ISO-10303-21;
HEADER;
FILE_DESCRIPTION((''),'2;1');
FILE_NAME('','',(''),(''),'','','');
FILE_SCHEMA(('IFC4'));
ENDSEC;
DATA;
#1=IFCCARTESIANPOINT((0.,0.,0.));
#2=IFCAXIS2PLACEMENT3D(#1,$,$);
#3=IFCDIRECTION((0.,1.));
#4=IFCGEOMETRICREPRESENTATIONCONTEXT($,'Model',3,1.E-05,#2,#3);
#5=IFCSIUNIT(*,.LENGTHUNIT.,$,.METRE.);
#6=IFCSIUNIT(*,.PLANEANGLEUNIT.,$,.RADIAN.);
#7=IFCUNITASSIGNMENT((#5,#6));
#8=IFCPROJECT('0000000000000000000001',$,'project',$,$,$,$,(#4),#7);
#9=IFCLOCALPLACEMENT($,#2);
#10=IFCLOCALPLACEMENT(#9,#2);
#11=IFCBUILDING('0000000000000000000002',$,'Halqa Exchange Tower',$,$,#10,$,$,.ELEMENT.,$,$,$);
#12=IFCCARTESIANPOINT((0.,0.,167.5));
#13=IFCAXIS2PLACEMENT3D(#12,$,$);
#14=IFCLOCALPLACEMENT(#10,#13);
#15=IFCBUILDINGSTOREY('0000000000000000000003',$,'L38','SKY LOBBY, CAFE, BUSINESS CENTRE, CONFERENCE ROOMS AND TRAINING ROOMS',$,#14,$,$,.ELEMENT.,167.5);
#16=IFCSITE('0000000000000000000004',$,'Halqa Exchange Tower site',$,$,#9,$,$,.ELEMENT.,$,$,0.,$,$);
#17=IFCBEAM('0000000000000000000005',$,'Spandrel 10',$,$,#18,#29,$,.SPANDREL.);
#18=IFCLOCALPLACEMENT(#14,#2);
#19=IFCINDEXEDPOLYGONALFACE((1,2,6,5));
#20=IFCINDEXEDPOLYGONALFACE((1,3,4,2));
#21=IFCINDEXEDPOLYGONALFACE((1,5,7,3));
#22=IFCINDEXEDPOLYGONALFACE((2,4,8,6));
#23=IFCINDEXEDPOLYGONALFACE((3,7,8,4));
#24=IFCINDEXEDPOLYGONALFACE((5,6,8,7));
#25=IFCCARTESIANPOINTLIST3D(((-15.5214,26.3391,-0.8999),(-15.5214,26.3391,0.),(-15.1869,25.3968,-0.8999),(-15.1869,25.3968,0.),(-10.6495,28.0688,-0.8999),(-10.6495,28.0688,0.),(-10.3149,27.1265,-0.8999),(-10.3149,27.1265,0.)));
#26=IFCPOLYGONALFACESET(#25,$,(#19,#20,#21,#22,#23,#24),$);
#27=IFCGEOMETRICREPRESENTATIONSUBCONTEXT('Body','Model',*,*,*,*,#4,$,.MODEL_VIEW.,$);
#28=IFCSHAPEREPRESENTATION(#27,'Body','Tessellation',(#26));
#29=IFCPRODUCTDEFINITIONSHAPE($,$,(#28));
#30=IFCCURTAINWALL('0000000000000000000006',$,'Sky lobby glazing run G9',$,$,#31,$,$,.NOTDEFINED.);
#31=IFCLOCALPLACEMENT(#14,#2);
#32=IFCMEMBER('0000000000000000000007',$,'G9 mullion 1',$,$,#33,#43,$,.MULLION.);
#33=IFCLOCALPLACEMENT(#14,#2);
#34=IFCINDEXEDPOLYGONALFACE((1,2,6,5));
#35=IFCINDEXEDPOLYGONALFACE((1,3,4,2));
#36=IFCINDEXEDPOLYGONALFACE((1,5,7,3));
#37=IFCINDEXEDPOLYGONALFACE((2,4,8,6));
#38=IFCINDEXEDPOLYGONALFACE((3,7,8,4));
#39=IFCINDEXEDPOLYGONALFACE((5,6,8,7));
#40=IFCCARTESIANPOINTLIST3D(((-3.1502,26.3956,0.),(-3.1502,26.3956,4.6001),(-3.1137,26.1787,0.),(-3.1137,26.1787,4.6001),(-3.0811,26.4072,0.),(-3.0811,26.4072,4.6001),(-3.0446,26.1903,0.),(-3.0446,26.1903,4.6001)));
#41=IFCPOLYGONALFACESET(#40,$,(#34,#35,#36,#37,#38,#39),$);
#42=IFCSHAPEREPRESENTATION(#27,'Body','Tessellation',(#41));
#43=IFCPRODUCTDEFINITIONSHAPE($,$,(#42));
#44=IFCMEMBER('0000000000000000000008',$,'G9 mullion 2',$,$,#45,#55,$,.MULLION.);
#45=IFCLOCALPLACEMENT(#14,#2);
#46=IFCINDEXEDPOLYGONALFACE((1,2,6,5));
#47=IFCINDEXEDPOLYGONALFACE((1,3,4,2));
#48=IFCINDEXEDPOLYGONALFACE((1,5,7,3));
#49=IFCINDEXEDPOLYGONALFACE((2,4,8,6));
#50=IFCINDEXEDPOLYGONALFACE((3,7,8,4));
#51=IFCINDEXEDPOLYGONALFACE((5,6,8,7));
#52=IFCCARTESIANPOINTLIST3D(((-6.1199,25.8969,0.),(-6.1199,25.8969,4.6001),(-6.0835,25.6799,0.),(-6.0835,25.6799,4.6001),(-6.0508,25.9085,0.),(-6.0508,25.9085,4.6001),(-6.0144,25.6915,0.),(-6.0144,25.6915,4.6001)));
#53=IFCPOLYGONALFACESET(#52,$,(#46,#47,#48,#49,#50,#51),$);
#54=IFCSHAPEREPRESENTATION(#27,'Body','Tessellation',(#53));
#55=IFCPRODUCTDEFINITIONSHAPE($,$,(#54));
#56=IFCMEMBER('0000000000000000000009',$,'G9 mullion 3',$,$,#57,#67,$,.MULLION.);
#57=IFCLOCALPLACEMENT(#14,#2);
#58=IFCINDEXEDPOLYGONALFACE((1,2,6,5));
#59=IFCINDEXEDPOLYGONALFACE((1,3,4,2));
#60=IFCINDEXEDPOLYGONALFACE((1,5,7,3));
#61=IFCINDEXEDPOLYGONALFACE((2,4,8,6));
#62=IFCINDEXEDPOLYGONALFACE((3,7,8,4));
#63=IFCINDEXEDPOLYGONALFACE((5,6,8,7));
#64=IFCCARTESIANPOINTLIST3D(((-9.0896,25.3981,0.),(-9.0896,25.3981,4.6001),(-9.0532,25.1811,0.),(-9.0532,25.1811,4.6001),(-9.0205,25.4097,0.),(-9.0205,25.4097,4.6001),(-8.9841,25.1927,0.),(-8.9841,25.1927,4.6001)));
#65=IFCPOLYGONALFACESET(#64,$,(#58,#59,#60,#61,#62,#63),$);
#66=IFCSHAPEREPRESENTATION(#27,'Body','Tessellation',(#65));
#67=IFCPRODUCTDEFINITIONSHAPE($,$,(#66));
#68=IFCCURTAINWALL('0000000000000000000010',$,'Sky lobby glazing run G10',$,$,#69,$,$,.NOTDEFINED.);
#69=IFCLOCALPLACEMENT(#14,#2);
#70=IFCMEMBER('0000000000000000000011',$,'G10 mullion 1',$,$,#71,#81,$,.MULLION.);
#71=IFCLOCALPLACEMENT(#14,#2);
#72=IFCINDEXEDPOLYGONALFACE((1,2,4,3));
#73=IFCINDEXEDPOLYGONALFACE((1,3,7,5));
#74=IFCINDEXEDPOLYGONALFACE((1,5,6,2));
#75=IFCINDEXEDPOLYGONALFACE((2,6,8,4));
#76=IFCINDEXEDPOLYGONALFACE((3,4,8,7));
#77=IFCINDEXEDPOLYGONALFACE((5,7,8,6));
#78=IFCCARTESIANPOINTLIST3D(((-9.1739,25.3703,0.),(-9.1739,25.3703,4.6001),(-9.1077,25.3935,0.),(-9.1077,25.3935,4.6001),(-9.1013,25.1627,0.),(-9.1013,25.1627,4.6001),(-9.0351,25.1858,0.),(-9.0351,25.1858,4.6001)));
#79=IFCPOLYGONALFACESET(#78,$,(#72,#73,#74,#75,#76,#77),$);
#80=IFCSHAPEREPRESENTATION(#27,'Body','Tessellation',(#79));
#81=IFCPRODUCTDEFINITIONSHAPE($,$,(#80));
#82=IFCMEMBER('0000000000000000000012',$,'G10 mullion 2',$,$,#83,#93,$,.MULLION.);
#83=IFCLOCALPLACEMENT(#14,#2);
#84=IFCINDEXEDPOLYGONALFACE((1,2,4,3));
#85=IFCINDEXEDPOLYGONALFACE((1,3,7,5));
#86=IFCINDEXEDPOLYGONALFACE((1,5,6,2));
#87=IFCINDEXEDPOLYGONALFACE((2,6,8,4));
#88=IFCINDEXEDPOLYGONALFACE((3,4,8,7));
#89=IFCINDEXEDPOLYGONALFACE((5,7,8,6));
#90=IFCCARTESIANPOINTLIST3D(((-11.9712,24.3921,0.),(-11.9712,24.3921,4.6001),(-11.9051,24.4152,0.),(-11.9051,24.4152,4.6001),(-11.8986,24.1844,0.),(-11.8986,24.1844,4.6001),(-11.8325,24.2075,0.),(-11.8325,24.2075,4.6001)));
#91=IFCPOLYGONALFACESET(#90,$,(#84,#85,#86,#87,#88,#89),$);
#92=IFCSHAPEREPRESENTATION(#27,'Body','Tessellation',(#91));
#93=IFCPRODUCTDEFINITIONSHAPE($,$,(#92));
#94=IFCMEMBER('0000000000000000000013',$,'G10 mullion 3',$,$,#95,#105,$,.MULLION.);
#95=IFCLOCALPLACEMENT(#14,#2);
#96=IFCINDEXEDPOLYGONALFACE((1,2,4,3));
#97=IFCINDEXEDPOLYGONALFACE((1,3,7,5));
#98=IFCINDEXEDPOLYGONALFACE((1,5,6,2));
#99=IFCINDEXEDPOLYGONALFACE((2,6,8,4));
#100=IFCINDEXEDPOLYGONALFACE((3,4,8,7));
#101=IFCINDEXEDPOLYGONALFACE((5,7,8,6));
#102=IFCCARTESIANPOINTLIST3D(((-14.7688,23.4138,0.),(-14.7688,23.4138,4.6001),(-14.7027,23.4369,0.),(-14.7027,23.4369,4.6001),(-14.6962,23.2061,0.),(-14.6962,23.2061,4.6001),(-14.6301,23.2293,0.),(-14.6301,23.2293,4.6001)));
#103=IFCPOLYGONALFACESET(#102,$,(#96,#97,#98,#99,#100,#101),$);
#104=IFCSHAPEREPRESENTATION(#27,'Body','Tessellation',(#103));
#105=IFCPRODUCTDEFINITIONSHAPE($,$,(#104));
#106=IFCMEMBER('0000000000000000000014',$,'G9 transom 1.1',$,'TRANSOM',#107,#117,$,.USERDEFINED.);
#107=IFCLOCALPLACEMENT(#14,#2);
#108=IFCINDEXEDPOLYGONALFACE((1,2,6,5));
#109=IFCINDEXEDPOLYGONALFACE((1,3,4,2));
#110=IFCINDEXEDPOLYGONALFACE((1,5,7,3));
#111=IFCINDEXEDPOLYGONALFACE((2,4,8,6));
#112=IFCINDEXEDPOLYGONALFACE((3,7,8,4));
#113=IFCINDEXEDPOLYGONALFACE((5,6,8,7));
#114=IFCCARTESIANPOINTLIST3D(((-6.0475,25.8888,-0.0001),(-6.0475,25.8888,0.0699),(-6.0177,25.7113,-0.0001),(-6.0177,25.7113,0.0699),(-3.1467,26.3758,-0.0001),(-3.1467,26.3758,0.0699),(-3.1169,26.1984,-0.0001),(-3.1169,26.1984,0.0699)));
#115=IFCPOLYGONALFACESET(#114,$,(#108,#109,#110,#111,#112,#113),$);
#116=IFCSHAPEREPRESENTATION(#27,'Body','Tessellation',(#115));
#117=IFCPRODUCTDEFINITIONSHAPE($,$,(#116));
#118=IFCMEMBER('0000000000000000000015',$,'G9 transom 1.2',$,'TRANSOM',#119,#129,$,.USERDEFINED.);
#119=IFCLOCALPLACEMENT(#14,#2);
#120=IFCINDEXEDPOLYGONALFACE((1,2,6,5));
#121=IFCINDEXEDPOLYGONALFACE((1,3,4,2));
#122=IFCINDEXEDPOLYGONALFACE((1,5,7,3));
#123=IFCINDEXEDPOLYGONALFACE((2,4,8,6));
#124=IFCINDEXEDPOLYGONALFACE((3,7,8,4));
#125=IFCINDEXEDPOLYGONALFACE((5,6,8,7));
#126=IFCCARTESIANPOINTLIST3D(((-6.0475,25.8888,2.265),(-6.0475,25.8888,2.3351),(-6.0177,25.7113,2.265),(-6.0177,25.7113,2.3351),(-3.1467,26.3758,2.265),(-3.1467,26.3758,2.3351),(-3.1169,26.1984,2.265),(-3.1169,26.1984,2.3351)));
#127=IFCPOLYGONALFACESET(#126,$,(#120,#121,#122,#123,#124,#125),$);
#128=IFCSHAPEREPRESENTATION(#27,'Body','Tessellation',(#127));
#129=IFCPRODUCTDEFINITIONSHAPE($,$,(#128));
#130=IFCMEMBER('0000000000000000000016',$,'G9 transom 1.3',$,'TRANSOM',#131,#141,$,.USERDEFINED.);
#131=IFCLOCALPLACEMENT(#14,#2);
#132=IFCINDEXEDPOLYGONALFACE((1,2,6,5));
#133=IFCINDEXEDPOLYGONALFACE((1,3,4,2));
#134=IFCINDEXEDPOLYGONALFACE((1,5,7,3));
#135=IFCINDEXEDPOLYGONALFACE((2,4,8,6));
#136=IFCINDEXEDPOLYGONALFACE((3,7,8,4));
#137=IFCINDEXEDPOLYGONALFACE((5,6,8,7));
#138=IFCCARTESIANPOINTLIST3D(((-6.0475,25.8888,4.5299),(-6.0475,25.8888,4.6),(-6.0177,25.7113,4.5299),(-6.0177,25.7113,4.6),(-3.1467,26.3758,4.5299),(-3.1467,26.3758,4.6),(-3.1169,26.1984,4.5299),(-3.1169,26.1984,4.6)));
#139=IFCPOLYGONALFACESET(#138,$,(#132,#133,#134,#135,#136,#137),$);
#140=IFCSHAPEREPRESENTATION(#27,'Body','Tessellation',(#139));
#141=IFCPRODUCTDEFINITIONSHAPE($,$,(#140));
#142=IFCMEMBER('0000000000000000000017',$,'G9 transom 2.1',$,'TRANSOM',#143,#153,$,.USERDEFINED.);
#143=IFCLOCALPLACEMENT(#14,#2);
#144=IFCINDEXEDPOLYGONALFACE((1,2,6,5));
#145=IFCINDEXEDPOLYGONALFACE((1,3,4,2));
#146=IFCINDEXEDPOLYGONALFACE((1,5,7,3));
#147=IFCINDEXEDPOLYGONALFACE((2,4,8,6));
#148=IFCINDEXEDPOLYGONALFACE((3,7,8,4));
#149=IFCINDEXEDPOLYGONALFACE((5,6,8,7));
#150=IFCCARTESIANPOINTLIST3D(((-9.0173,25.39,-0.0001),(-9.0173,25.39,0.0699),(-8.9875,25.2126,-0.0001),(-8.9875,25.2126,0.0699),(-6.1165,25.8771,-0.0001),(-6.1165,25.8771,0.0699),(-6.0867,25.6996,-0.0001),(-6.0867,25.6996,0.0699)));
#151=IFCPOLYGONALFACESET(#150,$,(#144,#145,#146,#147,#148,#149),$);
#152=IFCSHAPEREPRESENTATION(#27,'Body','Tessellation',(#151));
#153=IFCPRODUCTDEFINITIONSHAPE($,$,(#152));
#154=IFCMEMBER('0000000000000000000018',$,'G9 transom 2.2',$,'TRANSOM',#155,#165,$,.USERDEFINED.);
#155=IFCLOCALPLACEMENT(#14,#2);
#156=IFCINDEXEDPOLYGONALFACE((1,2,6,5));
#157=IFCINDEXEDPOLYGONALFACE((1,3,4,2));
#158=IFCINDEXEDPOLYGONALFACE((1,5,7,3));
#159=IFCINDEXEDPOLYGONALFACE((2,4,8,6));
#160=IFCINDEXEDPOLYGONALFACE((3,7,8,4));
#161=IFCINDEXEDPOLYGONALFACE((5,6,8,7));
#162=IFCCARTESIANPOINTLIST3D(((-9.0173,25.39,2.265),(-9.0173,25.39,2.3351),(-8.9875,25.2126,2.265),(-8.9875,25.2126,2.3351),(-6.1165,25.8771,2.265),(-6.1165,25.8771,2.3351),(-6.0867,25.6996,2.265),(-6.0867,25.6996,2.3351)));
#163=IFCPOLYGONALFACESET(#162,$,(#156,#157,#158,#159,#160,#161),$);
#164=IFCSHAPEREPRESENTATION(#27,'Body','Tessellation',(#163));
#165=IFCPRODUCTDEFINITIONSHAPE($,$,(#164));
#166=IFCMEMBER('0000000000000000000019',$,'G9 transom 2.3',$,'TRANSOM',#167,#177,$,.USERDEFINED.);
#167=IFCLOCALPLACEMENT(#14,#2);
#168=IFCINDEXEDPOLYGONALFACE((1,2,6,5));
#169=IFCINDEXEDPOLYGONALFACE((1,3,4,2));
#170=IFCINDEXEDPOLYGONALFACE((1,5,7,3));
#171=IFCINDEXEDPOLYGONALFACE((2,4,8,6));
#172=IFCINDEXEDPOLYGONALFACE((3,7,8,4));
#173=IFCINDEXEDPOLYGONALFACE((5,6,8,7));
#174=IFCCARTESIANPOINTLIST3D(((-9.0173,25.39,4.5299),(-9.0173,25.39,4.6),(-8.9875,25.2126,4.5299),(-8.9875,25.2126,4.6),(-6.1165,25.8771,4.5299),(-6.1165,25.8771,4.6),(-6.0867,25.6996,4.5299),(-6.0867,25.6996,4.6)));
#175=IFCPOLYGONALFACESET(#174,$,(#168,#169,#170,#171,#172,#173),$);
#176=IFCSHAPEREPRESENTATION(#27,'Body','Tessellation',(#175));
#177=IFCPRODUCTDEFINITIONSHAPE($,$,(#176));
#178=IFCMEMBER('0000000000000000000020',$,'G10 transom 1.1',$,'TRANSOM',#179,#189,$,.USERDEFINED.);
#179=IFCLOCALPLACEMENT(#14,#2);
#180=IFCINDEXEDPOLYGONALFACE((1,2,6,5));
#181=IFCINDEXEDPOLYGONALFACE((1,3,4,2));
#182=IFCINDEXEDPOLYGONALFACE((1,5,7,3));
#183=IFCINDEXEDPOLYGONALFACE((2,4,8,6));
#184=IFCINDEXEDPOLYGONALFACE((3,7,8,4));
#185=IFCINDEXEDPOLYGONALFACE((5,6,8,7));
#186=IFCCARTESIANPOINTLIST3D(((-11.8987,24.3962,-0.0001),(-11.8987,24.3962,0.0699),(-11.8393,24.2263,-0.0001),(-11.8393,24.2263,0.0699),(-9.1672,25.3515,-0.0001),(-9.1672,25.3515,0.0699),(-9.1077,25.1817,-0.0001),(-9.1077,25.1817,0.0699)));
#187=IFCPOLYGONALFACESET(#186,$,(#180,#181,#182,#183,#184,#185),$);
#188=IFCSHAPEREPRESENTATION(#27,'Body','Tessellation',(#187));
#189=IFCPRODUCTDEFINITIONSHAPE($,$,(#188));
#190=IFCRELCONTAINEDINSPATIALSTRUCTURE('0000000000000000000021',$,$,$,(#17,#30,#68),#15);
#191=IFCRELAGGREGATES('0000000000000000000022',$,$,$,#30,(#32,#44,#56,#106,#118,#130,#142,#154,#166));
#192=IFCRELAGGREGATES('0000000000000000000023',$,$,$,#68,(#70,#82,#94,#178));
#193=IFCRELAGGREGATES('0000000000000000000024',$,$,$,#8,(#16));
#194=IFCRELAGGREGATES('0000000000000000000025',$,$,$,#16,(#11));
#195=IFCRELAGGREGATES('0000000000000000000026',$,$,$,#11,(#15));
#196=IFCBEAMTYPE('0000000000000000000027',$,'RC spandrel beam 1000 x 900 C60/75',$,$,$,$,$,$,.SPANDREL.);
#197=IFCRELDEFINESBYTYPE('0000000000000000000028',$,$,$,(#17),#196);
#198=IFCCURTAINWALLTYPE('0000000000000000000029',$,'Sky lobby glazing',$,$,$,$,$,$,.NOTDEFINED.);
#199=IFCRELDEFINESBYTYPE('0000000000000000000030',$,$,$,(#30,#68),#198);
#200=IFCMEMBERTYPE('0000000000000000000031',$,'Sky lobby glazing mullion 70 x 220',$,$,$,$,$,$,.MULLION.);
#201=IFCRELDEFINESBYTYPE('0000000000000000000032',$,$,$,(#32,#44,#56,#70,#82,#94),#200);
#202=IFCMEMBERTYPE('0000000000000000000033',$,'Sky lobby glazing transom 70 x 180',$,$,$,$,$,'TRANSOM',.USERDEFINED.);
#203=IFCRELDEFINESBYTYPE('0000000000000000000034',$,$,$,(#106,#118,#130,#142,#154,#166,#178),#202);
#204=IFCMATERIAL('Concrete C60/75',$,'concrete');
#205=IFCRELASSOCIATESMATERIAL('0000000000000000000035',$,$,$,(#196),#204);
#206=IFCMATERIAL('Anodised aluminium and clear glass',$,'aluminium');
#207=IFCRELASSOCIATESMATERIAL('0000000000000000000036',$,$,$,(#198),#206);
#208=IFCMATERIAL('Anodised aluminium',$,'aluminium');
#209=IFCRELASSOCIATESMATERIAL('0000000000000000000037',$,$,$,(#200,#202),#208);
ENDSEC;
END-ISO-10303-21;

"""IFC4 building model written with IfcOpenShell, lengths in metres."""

from ifc_helpers import new_model, si_unit, direction, frame, origin, origin_2d, place, context, subcontext, project, spatial, rectangle, extrude, material, material_profile, profile_set, type_object, element, aggregate, save


model = new_model("IFC4")

# Units and contexts
model_context = context("Model", 3, precision=1e-05, world=origin(), true_north=direction((0.0, 1.0)))
body_context = subcontext(model_context, "Body", "Model", "MODEL_VIEW")
ifc_project = project(units=[si_unit("LENGTHUNIT", "METRE"), si_unit("PLANEANGLEUNIT", "RADIAN")], contexts=[model_context])

# Site, building, storey
site_placement = place(None, origin())
site = spatial("IfcSite", under=ifc_project, at=site_placement, Name="Halqa Exchange Tower site", CompositionType="ELEMENT", RefElevation=0.0)
building_placement = place(site_placement, origin())
building = spatial("IfcBuilding", under=site, at=building_placement, Name="Halqa Exchange Tower", CompositionType="ELEMENT")
storey_placement = place(building_placement, frame((0.0, 0.0, 167.5)))
storey = spatial("IfcBuildingStorey", under=building, at=storey_placement, Name="L38", Description="SKY LOBBY, CAFE, BUSINESS CENTRE, CONFERENCE ROOMS AND TRAINING ROOMS", CompositionType="ELEMENT", Elevation=167.5)

# Beam
ifc_material_1 = material(Name="Concrete C60/75", Category="concrete")
ifc_material_profile_1 = material_profile(ifc_material_1, rectangle(XDim=1.0, YDim=0.8999, at=origin_2d()), Name="1000 x 900")
ifc_profile_set_1 = profile_set([ifc_material_profile_1], Name="Concrete C60/75")
beam_type_1 = type_object("IfcBeamType", Name="RC spandrel beam 1000 x 900 C60/75", PredefinedType="SPANDREL", material=ifc_profile_set_1)
beam_1_placement = place(storey_placement, frame((-10.4822, 27.5977, -0.45), z_axis=(-0.942371, -0.334571, 0.0), x_axis=(0.334571, -0.942371, 0.0)))
element("IfcBeam", 1, at=beam_1_placement, inside=storey, type_object=beam_type_1, Name="Spandrel 10", PredefinedType="SPANDREL", context=body_context, shape_type="SweptSolid", body=[
    extrude(rectangle(XDim=1.0, YDim=0.8999, at=origin_2d()), origin(), (0.0, 0.0, 1.0), 5.1699),
])

# Curtain walls, members
ifc_material_2 = material(Name="Anodised aluminium and clear glass", Category="aluminium")
curtain_wall_type = type_object("IfcCurtainWallType", Name="Sky lobby glazing", PredefinedType="NOTDEFINED", material=ifc_material_2)
curtain_wall_1_placement = place(storey_placement, origin())
curtain_wall_1 = element("IfcCurtainWall", 2, at=curtain_wall_1_placement, inside=storey, type_object=curtain_wall_type, Name="Sky lobby glazing run G9", PredefinedType="NOTDEFINED")
ifc_material_3 = material(Name="Anodised aluminium", Category="aluminium")
ifc_material_profile_2 = material_profile(ifc_material_3, rectangle(XDim=0.22, YDim=0.0701, at=origin_2d()), Name="AL 70x220")
ifc_profile_set_2 = profile_set([ifc_material_profile_2], Name="Anodised aluminium")
member_type_1 = type_object("IfcMemberType", Name="Sky lobby glazing mullion 70 x 220", PredefinedType="MULLION", material=ifc_profile_set_2)
member_1_placement = place(storey_placement, frame((-3.0974, 26.293, 0.0), z_axis=(0.0, 0.0, 1.0), x_axis=(0.165626, -0.986189, 0.0)))
member_1 = element("IfcMember", 3, at=member_1_placement, type_object=member_type_1, Name="G9 mullion 1", PredefinedType="MULLION", context=body_context, shape_type="SweptSolid", body=[
    extrude(rectangle(XDim=0.22, YDim=0.0701, at=origin_2d()), origin(), (0.0, 0.0, 1.0), 4.6001),
])
member_2_placement = place(storey_placement, frame((-6.0671, 25.7942, 0.0), z_axis=(0.0, 0.0, 1.0), x_axis=(0.165626, -0.986189, 0.0)))
member_2 = element("IfcMember", 4, at=member_2_placement, type_object=member_type_1, Name="G9 mullion 2", PredefinedType="MULLION", context=body_context, shape_type="SweptSolid", body=[
    extrude(rectangle(XDim=0.22, YDim=0.0701, at=origin_2d()), origin(), (0.0, 0.0, 1.0), 4.6001),
])
member_3_placement = place(storey_placement, frame((-9.0369, 25.2954, 0.0), z_axis=(0.0, 0.0, 1.0), x_axis=(0.165626, -0.986189, 0.0)))
member_3 = element("IfcMember", 5, at=member_3_placement, type_object=member_type_1, Name="G9 mullion 3", PredefinedType="MULLION", context=body_context, shape_type="SweptSolid", body=[
    extrude(rectangle(XDim=0.22, YDim=0.0701, at=origin_2d()), origin(), (0.0, 0.0, 1.0), 4.6001),
])
curtain_wall_2_placement = place(storey_placement, origin())
curtain_wall_2 = element("IfcCurtainWall", 6, at=curtain_wall_2_placement, inside=storey, type_object=curtain_wall_type, Name="Sky lobby glazing run G10", PredefinedType="NOTDEFINED")
member_4_placement = place(storey_placement, frame((-9.1045, 25.2781, 0.0), z_axis=(0.0, 0.0, 1.0), x_axis=(0.3301, -0.943946, 0.0)))
member_4 = element("IfcMember", 7, at=member_4_placement, type_object=member_type_1, Name="G10 mullion 1", PredefinedType="MULLION", context=body_context, shape_type="SweptSolid", body=[
    extrude(rectangle(XDim=0.22, YDim=0.0701, at=origin_2d()), origin(), (0.0, 0.0, 1.0), 4.6001),
])
member_5_placement = place(storey_placement, frame((-11.9019, 24.2998, 0.0), z_axis=(0.0, 0.0, 1.0), x_axis=(0.3301, -0.943946, 0.0)))
member_5 = element("IfcMember", 8, at=member_5_placement, type_object=member_type_1, Name="G10 mullion 2", PredefinedType="MULLION", context=body_context, shape_type="SweptSolid", body=[
    extrude(rectangle(XDim=0.22, YDim=0.0701, at=origin_2d()), origin(), (0.0, 0.0, 1.0), 4.6001),
])
member_6_placement = place(storey_placement, frame((-14.6995, 23.3215, 0.0), z_axis=(0.0, 0.0, 1.0), x_axis=(0.3301, -0.943946, 0.0)))
member_6 = element("IfcMember", 9, at=member_6_placement, type_object=member_type_1, Name="G10 mullion 3", PredefinedType="MULLION", context=body_context, shape_type="SweptSolid", body=[
    extrude(rectangle(XDim=0.22, YDim=0.0701, at=origin_2d()), origin(), (0.0, 0.0, 1.0), 4.6001),
])

# Members
ifc_material_profile_3 = material_profile(ifc_material_3, rectangle(XDim=0.1799, YDim=0.0701, at=origin_2d()), Name="AL 70x180")
ifc_profile_set_3 = profile_set([ifc_material_profile_3], Name="Anodised aluminium")
member_type_2 = type_object("IfcMemberType", Name="Sky lobby glazing transom 70 x 180", ElementType="TRANSOM", PredefinedType="USERDEFINED", material=ifc_profile_set_3)
member_7_placement = place(storey_placement, frame((-3.1318, 26.2871, 0.0349), z_axis=(-0.986196, -0.165583, 0.0), x_axis=(0.165583, -0.986196, 0.0)))
member_7 = element("IfcMember", 10, at=member_7_placement, type_object=member_type_2, Name="G9 transom 1.1", ObjectType="TRANSOM", PredefinedType="USERDEFINED", context=body_context, shape_type="SweptSolid", body=[
    extrude(rectangle(XDim=0.1799, YDim=0.0701, at=origin_2d()), origin(), (0.0, 0.0, 1.0), 2.9414),
])
member_8_placement = place(storey_placement, frame((-3.1318, 26.2871, 2.3), z_axis=(-0.986196, -0.165583, 0.0), x_axis=(0.165583, -0.986196, 0.0)))
member_8 = element("IfcMember", 11, at=member_8_placement, type_object=member_type_2, Name="G9 transom 1.2", ObjectType="TRANSOM", PredefinedType="USERDEFINED", context=body_context, shape_type="SweptSolid", body=[
    extrude(rectangle(XDim=0.1799, YDim=0.0701, at=origin_2d()), origin(), (0.0, 0.0, 1.0), 2.9414),
])
member_9_placement = place(storey_placement, frame((-3.1318, 26.2871, 4.5649), z_axis=(-0.986196, -0.165583, 0.0), x_axis=(0.165583, -0.986196, 0.0)))
member_9 = element("IfcMember", 12, at=member_9_placement, type_object=member_type_2, Name="G9 transom 1.3", ObjectType="TRANSOM", PredefinedType="USERDEFINED", context=body_context, shape_type="SweptSolid", body=[
    extrude(rectangle(XDim=0.1799, YDim=0.0701, at=origin_2d()), origin(), (0.0, 0.0, 1.0), 2.9414),
])
member_10_placement = place(storey_placement, frame((-6.1016, 25.7883, 0.0349), z_axis=(-0.986196, -0.165583, 0.0), x_axis=(0.165583, -0.986196, 0.0)))
member_10 = element("IfcMember", 13, at=member_10_placement, type_object=member_type_2, Name="G9 transom 2.1", ObjectType="TRANSOM", PredefinedType="USERDEFINED", context=body_context, shape_type="SweptSolid", body=[
    extrude(rectangle(XDim=0.1799, YDim=0.0701, at=origin_2d()), origin(), (0.0, 0.0, 1.0), 2.9414),
])
member_11_placement = place(storey_placement, frame((-6.1016, 25.7883, 2.3), z_axis=(-0.986196, -0.165583, 0.0), x_axis=(0.165583, -0.986196, 0.0)))
member_11 = element("IfcMember", 14, at=member_11_placement, type_object=member_type_2, Name="G9 transom 2.2", ObjectType="TRANSOM", PredefinedType="USERDEFINED", context=body_context, shape_type="SweptSolid", body=[
    extrude(rectangle(XDim=0.1799, YDim=0.0701, at=origin_2d()), origin(), (0.0, 0.0, 1.0), 2.9414),
])
member_12_placement = place(storey_placement, frame((-6.1016, 25.7883, 4.5649), z_axis=(-0.986196, -0.165583, 0.0), x_axis=(0.165583, -0.986196, 0.0)))
member_12 = element("IfcMember", 15, at=member_12_placement, type_object=member_type_2, Name="G9 transom 2.3", ObjectType="TRANSOM", PredefinedType="USERDEFINED", context=body_context, shape_type="SweptSolid", body=[
    extrude(rectangle(XDim=0.1799, YDim=0.0701, at=origin_2d()), origin(), (0.0, 0.0, 1.0), 2.9414),
])
member_13_placement = place(storey_placement, frame((-9.1375, 25.2666, 0.0349), z_axis=(-0.943932, -0.33014, 0.0), x_axis=(0.33014, -0.943932, 0.0)))
member_13 = element("IfcMember", 16, at=member_13_placement, type_object=member_type_2, Name="G10 transom 1.1", ObjectType="TRANSOM", PredefinedType="USERDEFINED", context=body_context, shape_type="SweptSolid", body=[
    extrude(rectangle(XDim=0.1799, YDim=0.0701, at=origin_2d()), origin(), (0.0, 0.0, 1.0), 2.8938),
])

aggregate(curtain_wall_1, [member_1, member_2, member_3, member_7, member_8, member_9, member_10, member_11, member_12])
aggregate(curtain_wall_2, [member_4, member_5, member_6, member_13])

save(model, "model.ifc")
